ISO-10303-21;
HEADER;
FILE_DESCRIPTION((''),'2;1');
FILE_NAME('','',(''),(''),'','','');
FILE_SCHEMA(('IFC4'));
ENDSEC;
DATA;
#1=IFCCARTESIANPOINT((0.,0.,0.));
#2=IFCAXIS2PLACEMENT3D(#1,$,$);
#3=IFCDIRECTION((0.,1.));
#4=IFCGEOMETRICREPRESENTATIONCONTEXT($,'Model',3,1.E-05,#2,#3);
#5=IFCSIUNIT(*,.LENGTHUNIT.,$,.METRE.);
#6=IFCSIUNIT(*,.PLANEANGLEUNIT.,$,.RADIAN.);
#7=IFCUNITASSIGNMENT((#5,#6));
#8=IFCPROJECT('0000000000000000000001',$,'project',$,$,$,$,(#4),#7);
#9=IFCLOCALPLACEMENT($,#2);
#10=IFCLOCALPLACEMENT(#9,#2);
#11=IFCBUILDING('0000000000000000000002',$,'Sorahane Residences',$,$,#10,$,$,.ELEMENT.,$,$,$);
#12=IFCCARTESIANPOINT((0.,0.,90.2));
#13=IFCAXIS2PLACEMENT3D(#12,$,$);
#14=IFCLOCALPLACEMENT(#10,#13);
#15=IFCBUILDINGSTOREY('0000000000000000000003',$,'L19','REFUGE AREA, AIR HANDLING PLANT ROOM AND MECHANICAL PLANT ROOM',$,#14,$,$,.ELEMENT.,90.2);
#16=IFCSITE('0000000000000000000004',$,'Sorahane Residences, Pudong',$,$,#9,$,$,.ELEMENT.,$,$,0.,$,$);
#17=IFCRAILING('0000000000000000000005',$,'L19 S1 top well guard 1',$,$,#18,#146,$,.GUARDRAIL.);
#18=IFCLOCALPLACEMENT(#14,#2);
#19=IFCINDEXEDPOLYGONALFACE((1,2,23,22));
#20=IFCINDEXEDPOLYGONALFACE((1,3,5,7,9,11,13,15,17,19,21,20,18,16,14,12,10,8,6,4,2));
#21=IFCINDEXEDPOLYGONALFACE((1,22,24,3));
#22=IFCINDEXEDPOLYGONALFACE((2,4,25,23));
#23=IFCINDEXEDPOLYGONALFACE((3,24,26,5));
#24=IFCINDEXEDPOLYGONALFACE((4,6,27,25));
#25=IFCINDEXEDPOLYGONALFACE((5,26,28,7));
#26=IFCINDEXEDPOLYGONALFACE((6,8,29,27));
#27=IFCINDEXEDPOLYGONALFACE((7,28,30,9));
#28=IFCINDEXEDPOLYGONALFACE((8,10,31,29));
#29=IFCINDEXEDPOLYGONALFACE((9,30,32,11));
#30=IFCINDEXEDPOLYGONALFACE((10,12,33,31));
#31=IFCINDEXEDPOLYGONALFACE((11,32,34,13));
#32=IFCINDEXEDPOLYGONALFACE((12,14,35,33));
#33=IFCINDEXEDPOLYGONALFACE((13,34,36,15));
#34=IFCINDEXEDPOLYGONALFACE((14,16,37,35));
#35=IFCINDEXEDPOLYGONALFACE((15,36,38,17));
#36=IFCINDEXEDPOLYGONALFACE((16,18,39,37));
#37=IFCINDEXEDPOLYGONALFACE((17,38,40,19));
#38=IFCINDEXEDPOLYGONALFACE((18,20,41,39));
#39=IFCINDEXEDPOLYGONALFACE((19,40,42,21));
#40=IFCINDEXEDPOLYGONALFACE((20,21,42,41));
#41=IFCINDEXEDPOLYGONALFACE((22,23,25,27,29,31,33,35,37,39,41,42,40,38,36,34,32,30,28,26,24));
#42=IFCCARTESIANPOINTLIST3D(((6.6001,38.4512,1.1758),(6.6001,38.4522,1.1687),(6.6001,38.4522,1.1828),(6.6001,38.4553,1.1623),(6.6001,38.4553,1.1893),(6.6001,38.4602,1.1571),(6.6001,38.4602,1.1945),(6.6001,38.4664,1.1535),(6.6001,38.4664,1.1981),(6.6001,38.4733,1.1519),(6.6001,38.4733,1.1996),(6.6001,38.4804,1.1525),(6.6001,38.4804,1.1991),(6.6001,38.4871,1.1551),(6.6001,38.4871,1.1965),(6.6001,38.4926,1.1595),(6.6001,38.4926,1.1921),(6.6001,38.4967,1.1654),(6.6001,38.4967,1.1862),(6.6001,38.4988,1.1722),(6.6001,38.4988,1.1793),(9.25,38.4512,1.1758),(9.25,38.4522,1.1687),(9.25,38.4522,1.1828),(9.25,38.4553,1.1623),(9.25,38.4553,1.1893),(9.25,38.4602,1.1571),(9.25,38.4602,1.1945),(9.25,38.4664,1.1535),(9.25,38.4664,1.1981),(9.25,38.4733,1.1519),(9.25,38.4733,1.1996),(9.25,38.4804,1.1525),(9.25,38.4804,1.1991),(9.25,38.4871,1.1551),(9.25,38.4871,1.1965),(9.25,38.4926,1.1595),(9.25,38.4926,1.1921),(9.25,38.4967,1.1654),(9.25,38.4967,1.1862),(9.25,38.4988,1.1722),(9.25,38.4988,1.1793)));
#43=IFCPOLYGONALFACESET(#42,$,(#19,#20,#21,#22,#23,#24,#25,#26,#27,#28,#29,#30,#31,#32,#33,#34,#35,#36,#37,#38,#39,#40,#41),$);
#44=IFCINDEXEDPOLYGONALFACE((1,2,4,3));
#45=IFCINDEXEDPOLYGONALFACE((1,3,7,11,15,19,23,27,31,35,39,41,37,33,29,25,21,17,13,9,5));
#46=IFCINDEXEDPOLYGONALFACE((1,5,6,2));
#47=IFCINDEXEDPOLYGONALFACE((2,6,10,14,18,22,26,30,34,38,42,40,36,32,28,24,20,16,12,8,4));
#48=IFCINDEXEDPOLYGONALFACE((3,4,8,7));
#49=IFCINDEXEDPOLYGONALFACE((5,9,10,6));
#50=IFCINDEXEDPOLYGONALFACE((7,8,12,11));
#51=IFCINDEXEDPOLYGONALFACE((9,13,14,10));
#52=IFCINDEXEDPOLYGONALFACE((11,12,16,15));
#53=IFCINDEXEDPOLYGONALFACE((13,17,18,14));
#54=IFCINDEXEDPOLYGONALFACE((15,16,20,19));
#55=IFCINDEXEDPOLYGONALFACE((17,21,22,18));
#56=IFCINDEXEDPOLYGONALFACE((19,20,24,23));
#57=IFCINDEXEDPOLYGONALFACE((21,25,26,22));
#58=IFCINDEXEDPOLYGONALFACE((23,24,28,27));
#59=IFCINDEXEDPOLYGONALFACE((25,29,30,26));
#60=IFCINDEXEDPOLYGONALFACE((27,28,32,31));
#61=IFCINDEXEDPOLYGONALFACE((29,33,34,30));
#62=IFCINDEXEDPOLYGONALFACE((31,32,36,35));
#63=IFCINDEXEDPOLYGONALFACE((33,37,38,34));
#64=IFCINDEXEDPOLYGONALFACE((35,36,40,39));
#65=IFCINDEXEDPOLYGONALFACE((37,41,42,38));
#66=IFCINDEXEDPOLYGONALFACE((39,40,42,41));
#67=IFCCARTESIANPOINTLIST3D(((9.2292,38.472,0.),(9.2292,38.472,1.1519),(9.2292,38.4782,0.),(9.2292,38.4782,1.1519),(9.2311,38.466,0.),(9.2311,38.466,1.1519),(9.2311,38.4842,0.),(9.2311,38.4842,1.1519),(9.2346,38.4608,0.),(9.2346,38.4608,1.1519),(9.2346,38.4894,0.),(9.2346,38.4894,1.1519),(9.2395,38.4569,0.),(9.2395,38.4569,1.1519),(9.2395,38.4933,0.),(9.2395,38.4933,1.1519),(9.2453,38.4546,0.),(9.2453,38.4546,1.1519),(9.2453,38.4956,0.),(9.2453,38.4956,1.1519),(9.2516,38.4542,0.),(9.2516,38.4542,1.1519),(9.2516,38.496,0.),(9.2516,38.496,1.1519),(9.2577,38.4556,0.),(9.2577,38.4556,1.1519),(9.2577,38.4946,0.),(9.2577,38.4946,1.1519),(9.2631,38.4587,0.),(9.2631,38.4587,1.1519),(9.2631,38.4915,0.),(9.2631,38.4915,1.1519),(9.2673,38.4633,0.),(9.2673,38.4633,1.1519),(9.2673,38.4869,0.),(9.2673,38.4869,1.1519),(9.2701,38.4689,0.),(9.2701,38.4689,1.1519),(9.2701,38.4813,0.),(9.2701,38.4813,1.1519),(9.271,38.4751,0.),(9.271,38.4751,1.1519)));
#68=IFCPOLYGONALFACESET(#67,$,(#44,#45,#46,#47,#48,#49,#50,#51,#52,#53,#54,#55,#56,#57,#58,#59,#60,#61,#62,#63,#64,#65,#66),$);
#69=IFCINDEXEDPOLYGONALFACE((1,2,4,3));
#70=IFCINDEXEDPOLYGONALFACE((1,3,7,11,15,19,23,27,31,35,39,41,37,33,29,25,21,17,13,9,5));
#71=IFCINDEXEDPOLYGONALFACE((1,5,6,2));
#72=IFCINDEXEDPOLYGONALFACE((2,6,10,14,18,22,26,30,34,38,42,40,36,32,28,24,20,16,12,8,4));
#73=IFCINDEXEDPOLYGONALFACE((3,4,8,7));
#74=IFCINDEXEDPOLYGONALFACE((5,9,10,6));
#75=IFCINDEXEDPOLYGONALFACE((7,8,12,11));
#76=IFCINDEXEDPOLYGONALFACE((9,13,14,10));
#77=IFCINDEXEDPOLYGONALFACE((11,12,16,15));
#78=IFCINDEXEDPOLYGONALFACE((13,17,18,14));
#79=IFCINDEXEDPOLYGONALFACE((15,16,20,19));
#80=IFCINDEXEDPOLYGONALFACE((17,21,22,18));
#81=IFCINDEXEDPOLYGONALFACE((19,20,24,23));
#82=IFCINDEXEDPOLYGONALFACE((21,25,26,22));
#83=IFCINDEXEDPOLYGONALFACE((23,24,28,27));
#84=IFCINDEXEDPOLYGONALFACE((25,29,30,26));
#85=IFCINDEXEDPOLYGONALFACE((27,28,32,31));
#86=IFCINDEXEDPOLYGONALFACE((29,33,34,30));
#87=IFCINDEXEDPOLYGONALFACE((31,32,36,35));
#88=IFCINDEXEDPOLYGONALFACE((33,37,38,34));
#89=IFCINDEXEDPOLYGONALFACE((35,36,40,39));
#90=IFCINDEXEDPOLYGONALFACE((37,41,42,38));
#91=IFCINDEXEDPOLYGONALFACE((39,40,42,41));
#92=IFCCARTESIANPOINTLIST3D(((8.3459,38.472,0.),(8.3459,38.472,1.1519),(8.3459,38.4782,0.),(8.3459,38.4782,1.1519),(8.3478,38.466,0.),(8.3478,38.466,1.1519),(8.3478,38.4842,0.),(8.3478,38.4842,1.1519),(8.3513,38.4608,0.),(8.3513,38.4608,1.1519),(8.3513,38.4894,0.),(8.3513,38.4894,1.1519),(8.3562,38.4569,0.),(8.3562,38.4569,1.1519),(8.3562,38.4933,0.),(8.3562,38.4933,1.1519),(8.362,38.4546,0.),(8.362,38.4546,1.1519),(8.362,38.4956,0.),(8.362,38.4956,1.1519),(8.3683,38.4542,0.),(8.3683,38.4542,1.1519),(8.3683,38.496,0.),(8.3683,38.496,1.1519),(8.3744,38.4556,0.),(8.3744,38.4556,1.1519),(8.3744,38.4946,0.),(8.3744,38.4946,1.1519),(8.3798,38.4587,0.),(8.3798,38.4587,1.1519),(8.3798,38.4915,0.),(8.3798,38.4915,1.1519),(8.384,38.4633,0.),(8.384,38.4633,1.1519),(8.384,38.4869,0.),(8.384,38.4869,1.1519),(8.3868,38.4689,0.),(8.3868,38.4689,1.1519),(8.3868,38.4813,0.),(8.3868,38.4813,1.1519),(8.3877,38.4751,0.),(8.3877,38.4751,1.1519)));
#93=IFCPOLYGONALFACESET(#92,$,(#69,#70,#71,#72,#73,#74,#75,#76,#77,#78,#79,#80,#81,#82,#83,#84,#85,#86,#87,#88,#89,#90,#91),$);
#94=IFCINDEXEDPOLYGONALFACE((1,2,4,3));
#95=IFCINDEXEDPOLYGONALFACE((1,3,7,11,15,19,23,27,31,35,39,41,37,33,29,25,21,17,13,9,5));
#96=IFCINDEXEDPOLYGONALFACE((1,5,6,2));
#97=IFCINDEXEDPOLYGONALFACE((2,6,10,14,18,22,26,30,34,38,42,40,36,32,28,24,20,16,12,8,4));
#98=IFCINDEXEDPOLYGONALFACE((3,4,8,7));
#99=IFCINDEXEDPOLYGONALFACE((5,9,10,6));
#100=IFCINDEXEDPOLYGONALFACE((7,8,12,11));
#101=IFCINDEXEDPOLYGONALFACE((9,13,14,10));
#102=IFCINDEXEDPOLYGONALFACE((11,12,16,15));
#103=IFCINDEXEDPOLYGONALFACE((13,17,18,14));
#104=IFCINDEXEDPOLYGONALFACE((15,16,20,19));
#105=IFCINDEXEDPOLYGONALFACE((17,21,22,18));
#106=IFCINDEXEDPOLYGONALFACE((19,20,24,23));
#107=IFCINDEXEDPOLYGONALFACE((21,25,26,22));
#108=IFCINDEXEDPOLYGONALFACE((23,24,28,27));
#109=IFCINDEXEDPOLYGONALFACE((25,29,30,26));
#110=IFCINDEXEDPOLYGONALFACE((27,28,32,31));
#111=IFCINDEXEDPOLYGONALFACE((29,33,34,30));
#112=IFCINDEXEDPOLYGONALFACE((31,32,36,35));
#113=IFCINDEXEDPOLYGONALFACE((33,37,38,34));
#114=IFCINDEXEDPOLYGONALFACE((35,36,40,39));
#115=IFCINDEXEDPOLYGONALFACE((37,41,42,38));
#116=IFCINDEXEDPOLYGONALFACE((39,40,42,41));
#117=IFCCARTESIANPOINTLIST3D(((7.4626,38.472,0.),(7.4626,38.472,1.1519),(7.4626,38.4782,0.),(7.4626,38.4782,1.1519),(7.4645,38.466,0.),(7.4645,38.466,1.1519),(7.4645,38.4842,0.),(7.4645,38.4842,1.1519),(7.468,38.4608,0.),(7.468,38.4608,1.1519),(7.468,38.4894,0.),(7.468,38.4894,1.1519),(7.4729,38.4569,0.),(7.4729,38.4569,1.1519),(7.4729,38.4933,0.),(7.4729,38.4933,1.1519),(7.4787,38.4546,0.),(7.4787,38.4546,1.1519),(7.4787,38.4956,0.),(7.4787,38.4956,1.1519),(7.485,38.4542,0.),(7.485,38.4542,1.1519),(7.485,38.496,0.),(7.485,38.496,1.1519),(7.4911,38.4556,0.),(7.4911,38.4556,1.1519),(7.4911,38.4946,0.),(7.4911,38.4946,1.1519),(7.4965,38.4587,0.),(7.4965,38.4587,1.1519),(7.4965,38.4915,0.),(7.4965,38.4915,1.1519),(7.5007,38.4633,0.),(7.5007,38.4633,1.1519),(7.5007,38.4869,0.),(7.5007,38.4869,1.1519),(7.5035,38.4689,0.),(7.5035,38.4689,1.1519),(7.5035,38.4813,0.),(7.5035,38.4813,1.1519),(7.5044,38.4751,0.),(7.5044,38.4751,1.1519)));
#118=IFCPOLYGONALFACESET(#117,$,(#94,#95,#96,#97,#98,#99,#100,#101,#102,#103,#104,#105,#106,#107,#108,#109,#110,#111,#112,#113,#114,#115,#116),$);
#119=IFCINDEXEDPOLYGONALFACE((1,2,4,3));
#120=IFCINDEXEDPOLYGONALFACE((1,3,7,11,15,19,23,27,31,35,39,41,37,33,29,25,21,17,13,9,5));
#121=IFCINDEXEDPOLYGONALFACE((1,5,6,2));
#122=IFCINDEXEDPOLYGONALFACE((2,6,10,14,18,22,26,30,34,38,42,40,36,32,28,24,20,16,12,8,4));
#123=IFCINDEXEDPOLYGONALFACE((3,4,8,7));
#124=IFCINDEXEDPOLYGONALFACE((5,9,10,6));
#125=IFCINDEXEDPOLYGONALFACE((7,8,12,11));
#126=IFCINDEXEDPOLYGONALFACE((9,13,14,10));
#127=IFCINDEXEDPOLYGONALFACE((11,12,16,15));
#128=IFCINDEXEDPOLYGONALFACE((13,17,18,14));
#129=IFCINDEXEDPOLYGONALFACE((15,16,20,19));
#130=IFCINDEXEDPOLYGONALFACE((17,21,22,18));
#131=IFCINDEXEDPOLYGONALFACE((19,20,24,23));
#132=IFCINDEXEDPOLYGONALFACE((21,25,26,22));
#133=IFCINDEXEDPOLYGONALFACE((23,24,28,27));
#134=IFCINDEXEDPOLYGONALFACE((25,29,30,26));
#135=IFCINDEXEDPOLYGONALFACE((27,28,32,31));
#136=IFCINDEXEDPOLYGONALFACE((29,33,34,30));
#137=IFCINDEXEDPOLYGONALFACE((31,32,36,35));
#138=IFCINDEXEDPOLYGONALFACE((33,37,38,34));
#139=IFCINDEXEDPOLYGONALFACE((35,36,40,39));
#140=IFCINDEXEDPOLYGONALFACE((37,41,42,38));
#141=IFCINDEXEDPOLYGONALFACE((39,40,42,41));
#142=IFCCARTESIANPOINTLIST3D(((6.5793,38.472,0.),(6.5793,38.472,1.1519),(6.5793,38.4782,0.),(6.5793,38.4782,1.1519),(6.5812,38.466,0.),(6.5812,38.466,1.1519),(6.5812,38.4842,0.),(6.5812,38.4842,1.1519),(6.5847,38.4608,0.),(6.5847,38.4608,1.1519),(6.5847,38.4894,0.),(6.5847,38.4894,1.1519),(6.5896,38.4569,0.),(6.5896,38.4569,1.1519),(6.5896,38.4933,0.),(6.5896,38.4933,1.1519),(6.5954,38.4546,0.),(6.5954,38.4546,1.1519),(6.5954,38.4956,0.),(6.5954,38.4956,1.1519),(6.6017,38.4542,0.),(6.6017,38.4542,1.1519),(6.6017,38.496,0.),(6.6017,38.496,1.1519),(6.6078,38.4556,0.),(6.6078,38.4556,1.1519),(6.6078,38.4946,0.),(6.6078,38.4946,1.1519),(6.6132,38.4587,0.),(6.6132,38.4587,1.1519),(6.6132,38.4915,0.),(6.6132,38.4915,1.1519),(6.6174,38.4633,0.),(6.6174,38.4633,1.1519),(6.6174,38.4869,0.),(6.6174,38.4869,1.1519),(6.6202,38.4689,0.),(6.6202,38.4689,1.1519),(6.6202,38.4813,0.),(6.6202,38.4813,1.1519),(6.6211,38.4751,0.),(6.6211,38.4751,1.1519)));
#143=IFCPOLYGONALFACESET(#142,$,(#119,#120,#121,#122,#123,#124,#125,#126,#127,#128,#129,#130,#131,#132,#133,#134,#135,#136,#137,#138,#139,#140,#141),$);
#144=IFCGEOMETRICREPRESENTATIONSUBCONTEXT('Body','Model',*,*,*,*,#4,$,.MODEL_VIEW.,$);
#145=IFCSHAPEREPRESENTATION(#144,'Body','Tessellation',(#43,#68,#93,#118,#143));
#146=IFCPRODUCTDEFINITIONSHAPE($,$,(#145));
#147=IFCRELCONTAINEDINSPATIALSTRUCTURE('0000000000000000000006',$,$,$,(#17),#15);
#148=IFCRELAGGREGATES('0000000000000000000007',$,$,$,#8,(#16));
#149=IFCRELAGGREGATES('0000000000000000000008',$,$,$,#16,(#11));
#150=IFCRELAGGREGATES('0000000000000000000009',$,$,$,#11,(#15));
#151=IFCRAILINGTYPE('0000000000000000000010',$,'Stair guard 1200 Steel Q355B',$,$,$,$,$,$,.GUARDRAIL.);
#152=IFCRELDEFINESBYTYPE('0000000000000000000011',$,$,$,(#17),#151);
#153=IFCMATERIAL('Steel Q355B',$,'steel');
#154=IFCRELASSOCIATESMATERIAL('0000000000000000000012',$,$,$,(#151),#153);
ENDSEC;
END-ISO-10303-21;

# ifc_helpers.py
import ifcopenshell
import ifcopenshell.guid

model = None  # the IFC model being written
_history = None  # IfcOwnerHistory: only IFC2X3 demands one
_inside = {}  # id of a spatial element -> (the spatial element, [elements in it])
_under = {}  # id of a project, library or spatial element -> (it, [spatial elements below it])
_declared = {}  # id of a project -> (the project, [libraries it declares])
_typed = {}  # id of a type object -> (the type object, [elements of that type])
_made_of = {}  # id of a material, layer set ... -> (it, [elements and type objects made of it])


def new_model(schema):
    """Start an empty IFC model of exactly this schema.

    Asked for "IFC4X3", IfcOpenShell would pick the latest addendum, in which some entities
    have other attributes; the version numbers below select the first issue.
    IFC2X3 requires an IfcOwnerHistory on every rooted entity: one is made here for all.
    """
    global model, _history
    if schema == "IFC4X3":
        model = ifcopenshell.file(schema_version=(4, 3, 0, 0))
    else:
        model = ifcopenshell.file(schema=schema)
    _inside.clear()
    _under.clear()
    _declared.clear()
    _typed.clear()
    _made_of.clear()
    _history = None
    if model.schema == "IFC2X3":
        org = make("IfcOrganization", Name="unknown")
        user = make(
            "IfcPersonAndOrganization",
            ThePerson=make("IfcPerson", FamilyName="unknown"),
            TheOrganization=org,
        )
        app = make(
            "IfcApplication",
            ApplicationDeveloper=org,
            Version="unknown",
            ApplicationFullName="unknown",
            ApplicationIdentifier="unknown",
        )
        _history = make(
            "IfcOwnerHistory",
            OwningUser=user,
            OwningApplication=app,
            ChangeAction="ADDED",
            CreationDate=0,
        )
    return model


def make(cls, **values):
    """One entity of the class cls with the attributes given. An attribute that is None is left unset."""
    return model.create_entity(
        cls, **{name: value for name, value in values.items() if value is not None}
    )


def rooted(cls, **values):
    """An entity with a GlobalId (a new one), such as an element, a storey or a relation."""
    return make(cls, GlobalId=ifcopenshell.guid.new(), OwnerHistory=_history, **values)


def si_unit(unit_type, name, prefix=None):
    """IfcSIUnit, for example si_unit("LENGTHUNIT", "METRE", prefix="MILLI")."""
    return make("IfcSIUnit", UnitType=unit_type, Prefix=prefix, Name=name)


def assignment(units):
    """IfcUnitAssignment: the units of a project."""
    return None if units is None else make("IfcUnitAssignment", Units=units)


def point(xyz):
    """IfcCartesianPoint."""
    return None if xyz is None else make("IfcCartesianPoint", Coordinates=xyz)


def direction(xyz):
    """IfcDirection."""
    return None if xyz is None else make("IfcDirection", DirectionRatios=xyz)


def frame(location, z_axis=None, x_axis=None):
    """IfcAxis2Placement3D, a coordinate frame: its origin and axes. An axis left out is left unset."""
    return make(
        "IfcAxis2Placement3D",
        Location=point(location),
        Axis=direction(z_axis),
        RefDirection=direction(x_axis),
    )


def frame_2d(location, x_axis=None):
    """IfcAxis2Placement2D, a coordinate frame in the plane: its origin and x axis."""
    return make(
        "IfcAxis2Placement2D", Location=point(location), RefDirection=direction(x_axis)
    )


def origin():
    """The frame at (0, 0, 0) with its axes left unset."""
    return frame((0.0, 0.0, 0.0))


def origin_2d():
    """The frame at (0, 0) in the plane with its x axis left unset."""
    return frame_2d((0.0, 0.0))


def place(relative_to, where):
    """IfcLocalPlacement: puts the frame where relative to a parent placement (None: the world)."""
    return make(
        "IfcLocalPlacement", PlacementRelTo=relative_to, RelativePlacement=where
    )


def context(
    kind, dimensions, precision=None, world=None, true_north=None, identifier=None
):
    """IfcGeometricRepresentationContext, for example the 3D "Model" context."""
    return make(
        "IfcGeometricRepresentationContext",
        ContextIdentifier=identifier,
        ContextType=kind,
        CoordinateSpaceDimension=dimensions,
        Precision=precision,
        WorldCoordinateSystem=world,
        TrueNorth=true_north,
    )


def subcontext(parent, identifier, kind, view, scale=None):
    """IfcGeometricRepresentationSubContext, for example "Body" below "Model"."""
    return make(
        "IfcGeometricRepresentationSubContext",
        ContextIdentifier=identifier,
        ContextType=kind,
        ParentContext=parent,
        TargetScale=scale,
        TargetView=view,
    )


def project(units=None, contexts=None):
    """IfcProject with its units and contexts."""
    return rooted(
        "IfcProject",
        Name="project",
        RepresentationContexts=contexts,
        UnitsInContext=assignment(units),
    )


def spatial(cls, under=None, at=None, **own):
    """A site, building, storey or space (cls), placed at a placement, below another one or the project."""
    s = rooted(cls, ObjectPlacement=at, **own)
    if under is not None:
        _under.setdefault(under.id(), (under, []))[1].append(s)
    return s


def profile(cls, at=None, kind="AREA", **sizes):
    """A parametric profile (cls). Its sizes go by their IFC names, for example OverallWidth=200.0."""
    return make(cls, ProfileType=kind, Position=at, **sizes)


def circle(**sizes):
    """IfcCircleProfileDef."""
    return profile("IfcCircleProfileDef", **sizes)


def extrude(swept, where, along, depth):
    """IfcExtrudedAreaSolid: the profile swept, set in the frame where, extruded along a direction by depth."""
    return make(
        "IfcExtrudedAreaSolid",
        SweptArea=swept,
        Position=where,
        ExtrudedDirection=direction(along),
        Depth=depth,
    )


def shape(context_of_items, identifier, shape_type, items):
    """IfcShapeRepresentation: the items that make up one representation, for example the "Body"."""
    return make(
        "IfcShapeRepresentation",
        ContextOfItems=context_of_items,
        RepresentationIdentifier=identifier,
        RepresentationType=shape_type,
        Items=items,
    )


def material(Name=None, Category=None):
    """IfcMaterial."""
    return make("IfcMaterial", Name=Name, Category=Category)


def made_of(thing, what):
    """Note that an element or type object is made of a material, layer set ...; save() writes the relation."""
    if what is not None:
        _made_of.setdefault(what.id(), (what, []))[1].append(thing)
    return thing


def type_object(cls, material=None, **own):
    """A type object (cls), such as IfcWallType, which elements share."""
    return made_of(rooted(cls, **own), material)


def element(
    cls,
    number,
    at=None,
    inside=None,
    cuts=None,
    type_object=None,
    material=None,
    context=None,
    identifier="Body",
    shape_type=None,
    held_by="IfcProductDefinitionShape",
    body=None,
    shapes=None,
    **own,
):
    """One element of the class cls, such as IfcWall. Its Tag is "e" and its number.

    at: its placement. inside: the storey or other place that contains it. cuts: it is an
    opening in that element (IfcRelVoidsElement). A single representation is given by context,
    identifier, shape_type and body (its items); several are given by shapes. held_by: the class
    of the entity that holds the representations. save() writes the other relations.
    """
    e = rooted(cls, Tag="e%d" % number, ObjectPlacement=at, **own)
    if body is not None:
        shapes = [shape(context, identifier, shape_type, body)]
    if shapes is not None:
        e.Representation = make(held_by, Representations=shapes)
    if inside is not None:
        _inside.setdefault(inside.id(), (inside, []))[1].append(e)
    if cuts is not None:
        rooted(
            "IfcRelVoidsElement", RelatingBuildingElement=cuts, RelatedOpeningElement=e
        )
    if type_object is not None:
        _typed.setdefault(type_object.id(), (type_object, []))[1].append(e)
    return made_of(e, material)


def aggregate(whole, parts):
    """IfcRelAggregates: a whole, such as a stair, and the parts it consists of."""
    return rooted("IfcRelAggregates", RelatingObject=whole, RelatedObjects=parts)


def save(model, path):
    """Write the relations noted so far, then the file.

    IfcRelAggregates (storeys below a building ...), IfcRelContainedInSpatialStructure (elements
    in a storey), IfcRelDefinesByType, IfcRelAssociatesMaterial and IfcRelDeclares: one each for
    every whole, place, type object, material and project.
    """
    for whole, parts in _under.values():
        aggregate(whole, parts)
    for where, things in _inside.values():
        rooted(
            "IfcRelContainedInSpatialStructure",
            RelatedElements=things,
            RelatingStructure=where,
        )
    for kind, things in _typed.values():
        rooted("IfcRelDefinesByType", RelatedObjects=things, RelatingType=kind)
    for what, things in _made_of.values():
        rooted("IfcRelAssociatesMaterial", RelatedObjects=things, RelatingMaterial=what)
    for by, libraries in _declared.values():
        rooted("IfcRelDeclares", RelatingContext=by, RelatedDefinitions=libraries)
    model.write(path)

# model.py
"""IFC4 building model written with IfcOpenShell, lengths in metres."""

from ifc_helpers import new_model, si_unit, direction, frame, origin, origin_2d, place, context, subcontext, project, spatial, circle, extrude, material, type_object, element, save


model = new_model("IFC4")

# Units and contexts
model_context = context("Model", 3, precision=1e-05, world=origin(), true_north=direction((0.0, 1.0)))
body_context = subcontext(model_context, "Body", "Model", "MODEL_VIEW")
ifc_project = project(units=[si_unit("LENGTHUNIT", "METRE"), si_unit("PLANEANGLEUNIT", "RADIAN")], contexts=[model_context])

# Site, building, storey
site_placement = place(None, origin())
site = spatial("IfcSite", under=ifc_project, at=site_placement, Name="Sorahane Residences, Pudong", CompositionType="ELEMENT", RefElevation=0.0)
building_placement = place(site_placement, origin())
building = spatial("IfcBuilding", under=site, at=building_placement, Name="Sorahane Residences", CompositionType="ELEMENT")
storey_placement = place(building_placement, frame((0.0, 0.0, 90.2)))
storey = spatial("IfcBuildingStorey", under=building, at=storey_placement, Name="L19", Description="REFUGE AREA, AIR HANDLING PLANT ROOM AND MECHANICAL PLANT ROOM", CompositionType="ELEMENT", Elevation=90.2)

# Railing
ifc_material_1 = material(Name="Steel Q355B", Category="steel")
railing_type_1 = type_object("IfcRailingType", Name="Stair guard 1200 Steel Q355B", PredefinedType="GUARDRAIL", material=ifc_material_1)
railing_1_placement = place(storey_placement, frame((9.25, 38.4751, 0.0)))
element("IfcRailing", 1, at=railing_1_placement, inside=storey, type_object=railing_type_1, Name="L19 S1 top well guard 1", PredefinedType="GUARDRAIL", context=body_context, shape_type="SweptSolid", body=[
    extrude(circle(Radius=0.0239, at=origin_2d()), frame((0.0, 0.0, 1.1758), z_axis=(-1.0, 0.0, 0.0), x_axis=(0.0, -1.0, 0.0)), (0.0, 0.0, 1.0), 2.6499),
    extrude(circle(Radius=0.021, at=origin_2d()), origin(), (0.0, 0.0, 1.0), 1.1519),
    extrude(circle(Radius=0.021, at=origin_2d()), frame((-0.8833, 0.0, 0.0)), (0.0, 0.0, 1.0), 1.1519),
    extrude(circle(Radius=0.021, at=origin_2d()), frame((-1.7666, 0.0, 0.0)), (0.0, 0.0, 1.0), 1.1519),
    extrude(circle(Radius=0.021, at=origin_2d()), frame((-2.6499, 0.0, 0.0)), (0.0, 0.0, 1.0), 1.1519),
])

save(model, "model.ifc")
